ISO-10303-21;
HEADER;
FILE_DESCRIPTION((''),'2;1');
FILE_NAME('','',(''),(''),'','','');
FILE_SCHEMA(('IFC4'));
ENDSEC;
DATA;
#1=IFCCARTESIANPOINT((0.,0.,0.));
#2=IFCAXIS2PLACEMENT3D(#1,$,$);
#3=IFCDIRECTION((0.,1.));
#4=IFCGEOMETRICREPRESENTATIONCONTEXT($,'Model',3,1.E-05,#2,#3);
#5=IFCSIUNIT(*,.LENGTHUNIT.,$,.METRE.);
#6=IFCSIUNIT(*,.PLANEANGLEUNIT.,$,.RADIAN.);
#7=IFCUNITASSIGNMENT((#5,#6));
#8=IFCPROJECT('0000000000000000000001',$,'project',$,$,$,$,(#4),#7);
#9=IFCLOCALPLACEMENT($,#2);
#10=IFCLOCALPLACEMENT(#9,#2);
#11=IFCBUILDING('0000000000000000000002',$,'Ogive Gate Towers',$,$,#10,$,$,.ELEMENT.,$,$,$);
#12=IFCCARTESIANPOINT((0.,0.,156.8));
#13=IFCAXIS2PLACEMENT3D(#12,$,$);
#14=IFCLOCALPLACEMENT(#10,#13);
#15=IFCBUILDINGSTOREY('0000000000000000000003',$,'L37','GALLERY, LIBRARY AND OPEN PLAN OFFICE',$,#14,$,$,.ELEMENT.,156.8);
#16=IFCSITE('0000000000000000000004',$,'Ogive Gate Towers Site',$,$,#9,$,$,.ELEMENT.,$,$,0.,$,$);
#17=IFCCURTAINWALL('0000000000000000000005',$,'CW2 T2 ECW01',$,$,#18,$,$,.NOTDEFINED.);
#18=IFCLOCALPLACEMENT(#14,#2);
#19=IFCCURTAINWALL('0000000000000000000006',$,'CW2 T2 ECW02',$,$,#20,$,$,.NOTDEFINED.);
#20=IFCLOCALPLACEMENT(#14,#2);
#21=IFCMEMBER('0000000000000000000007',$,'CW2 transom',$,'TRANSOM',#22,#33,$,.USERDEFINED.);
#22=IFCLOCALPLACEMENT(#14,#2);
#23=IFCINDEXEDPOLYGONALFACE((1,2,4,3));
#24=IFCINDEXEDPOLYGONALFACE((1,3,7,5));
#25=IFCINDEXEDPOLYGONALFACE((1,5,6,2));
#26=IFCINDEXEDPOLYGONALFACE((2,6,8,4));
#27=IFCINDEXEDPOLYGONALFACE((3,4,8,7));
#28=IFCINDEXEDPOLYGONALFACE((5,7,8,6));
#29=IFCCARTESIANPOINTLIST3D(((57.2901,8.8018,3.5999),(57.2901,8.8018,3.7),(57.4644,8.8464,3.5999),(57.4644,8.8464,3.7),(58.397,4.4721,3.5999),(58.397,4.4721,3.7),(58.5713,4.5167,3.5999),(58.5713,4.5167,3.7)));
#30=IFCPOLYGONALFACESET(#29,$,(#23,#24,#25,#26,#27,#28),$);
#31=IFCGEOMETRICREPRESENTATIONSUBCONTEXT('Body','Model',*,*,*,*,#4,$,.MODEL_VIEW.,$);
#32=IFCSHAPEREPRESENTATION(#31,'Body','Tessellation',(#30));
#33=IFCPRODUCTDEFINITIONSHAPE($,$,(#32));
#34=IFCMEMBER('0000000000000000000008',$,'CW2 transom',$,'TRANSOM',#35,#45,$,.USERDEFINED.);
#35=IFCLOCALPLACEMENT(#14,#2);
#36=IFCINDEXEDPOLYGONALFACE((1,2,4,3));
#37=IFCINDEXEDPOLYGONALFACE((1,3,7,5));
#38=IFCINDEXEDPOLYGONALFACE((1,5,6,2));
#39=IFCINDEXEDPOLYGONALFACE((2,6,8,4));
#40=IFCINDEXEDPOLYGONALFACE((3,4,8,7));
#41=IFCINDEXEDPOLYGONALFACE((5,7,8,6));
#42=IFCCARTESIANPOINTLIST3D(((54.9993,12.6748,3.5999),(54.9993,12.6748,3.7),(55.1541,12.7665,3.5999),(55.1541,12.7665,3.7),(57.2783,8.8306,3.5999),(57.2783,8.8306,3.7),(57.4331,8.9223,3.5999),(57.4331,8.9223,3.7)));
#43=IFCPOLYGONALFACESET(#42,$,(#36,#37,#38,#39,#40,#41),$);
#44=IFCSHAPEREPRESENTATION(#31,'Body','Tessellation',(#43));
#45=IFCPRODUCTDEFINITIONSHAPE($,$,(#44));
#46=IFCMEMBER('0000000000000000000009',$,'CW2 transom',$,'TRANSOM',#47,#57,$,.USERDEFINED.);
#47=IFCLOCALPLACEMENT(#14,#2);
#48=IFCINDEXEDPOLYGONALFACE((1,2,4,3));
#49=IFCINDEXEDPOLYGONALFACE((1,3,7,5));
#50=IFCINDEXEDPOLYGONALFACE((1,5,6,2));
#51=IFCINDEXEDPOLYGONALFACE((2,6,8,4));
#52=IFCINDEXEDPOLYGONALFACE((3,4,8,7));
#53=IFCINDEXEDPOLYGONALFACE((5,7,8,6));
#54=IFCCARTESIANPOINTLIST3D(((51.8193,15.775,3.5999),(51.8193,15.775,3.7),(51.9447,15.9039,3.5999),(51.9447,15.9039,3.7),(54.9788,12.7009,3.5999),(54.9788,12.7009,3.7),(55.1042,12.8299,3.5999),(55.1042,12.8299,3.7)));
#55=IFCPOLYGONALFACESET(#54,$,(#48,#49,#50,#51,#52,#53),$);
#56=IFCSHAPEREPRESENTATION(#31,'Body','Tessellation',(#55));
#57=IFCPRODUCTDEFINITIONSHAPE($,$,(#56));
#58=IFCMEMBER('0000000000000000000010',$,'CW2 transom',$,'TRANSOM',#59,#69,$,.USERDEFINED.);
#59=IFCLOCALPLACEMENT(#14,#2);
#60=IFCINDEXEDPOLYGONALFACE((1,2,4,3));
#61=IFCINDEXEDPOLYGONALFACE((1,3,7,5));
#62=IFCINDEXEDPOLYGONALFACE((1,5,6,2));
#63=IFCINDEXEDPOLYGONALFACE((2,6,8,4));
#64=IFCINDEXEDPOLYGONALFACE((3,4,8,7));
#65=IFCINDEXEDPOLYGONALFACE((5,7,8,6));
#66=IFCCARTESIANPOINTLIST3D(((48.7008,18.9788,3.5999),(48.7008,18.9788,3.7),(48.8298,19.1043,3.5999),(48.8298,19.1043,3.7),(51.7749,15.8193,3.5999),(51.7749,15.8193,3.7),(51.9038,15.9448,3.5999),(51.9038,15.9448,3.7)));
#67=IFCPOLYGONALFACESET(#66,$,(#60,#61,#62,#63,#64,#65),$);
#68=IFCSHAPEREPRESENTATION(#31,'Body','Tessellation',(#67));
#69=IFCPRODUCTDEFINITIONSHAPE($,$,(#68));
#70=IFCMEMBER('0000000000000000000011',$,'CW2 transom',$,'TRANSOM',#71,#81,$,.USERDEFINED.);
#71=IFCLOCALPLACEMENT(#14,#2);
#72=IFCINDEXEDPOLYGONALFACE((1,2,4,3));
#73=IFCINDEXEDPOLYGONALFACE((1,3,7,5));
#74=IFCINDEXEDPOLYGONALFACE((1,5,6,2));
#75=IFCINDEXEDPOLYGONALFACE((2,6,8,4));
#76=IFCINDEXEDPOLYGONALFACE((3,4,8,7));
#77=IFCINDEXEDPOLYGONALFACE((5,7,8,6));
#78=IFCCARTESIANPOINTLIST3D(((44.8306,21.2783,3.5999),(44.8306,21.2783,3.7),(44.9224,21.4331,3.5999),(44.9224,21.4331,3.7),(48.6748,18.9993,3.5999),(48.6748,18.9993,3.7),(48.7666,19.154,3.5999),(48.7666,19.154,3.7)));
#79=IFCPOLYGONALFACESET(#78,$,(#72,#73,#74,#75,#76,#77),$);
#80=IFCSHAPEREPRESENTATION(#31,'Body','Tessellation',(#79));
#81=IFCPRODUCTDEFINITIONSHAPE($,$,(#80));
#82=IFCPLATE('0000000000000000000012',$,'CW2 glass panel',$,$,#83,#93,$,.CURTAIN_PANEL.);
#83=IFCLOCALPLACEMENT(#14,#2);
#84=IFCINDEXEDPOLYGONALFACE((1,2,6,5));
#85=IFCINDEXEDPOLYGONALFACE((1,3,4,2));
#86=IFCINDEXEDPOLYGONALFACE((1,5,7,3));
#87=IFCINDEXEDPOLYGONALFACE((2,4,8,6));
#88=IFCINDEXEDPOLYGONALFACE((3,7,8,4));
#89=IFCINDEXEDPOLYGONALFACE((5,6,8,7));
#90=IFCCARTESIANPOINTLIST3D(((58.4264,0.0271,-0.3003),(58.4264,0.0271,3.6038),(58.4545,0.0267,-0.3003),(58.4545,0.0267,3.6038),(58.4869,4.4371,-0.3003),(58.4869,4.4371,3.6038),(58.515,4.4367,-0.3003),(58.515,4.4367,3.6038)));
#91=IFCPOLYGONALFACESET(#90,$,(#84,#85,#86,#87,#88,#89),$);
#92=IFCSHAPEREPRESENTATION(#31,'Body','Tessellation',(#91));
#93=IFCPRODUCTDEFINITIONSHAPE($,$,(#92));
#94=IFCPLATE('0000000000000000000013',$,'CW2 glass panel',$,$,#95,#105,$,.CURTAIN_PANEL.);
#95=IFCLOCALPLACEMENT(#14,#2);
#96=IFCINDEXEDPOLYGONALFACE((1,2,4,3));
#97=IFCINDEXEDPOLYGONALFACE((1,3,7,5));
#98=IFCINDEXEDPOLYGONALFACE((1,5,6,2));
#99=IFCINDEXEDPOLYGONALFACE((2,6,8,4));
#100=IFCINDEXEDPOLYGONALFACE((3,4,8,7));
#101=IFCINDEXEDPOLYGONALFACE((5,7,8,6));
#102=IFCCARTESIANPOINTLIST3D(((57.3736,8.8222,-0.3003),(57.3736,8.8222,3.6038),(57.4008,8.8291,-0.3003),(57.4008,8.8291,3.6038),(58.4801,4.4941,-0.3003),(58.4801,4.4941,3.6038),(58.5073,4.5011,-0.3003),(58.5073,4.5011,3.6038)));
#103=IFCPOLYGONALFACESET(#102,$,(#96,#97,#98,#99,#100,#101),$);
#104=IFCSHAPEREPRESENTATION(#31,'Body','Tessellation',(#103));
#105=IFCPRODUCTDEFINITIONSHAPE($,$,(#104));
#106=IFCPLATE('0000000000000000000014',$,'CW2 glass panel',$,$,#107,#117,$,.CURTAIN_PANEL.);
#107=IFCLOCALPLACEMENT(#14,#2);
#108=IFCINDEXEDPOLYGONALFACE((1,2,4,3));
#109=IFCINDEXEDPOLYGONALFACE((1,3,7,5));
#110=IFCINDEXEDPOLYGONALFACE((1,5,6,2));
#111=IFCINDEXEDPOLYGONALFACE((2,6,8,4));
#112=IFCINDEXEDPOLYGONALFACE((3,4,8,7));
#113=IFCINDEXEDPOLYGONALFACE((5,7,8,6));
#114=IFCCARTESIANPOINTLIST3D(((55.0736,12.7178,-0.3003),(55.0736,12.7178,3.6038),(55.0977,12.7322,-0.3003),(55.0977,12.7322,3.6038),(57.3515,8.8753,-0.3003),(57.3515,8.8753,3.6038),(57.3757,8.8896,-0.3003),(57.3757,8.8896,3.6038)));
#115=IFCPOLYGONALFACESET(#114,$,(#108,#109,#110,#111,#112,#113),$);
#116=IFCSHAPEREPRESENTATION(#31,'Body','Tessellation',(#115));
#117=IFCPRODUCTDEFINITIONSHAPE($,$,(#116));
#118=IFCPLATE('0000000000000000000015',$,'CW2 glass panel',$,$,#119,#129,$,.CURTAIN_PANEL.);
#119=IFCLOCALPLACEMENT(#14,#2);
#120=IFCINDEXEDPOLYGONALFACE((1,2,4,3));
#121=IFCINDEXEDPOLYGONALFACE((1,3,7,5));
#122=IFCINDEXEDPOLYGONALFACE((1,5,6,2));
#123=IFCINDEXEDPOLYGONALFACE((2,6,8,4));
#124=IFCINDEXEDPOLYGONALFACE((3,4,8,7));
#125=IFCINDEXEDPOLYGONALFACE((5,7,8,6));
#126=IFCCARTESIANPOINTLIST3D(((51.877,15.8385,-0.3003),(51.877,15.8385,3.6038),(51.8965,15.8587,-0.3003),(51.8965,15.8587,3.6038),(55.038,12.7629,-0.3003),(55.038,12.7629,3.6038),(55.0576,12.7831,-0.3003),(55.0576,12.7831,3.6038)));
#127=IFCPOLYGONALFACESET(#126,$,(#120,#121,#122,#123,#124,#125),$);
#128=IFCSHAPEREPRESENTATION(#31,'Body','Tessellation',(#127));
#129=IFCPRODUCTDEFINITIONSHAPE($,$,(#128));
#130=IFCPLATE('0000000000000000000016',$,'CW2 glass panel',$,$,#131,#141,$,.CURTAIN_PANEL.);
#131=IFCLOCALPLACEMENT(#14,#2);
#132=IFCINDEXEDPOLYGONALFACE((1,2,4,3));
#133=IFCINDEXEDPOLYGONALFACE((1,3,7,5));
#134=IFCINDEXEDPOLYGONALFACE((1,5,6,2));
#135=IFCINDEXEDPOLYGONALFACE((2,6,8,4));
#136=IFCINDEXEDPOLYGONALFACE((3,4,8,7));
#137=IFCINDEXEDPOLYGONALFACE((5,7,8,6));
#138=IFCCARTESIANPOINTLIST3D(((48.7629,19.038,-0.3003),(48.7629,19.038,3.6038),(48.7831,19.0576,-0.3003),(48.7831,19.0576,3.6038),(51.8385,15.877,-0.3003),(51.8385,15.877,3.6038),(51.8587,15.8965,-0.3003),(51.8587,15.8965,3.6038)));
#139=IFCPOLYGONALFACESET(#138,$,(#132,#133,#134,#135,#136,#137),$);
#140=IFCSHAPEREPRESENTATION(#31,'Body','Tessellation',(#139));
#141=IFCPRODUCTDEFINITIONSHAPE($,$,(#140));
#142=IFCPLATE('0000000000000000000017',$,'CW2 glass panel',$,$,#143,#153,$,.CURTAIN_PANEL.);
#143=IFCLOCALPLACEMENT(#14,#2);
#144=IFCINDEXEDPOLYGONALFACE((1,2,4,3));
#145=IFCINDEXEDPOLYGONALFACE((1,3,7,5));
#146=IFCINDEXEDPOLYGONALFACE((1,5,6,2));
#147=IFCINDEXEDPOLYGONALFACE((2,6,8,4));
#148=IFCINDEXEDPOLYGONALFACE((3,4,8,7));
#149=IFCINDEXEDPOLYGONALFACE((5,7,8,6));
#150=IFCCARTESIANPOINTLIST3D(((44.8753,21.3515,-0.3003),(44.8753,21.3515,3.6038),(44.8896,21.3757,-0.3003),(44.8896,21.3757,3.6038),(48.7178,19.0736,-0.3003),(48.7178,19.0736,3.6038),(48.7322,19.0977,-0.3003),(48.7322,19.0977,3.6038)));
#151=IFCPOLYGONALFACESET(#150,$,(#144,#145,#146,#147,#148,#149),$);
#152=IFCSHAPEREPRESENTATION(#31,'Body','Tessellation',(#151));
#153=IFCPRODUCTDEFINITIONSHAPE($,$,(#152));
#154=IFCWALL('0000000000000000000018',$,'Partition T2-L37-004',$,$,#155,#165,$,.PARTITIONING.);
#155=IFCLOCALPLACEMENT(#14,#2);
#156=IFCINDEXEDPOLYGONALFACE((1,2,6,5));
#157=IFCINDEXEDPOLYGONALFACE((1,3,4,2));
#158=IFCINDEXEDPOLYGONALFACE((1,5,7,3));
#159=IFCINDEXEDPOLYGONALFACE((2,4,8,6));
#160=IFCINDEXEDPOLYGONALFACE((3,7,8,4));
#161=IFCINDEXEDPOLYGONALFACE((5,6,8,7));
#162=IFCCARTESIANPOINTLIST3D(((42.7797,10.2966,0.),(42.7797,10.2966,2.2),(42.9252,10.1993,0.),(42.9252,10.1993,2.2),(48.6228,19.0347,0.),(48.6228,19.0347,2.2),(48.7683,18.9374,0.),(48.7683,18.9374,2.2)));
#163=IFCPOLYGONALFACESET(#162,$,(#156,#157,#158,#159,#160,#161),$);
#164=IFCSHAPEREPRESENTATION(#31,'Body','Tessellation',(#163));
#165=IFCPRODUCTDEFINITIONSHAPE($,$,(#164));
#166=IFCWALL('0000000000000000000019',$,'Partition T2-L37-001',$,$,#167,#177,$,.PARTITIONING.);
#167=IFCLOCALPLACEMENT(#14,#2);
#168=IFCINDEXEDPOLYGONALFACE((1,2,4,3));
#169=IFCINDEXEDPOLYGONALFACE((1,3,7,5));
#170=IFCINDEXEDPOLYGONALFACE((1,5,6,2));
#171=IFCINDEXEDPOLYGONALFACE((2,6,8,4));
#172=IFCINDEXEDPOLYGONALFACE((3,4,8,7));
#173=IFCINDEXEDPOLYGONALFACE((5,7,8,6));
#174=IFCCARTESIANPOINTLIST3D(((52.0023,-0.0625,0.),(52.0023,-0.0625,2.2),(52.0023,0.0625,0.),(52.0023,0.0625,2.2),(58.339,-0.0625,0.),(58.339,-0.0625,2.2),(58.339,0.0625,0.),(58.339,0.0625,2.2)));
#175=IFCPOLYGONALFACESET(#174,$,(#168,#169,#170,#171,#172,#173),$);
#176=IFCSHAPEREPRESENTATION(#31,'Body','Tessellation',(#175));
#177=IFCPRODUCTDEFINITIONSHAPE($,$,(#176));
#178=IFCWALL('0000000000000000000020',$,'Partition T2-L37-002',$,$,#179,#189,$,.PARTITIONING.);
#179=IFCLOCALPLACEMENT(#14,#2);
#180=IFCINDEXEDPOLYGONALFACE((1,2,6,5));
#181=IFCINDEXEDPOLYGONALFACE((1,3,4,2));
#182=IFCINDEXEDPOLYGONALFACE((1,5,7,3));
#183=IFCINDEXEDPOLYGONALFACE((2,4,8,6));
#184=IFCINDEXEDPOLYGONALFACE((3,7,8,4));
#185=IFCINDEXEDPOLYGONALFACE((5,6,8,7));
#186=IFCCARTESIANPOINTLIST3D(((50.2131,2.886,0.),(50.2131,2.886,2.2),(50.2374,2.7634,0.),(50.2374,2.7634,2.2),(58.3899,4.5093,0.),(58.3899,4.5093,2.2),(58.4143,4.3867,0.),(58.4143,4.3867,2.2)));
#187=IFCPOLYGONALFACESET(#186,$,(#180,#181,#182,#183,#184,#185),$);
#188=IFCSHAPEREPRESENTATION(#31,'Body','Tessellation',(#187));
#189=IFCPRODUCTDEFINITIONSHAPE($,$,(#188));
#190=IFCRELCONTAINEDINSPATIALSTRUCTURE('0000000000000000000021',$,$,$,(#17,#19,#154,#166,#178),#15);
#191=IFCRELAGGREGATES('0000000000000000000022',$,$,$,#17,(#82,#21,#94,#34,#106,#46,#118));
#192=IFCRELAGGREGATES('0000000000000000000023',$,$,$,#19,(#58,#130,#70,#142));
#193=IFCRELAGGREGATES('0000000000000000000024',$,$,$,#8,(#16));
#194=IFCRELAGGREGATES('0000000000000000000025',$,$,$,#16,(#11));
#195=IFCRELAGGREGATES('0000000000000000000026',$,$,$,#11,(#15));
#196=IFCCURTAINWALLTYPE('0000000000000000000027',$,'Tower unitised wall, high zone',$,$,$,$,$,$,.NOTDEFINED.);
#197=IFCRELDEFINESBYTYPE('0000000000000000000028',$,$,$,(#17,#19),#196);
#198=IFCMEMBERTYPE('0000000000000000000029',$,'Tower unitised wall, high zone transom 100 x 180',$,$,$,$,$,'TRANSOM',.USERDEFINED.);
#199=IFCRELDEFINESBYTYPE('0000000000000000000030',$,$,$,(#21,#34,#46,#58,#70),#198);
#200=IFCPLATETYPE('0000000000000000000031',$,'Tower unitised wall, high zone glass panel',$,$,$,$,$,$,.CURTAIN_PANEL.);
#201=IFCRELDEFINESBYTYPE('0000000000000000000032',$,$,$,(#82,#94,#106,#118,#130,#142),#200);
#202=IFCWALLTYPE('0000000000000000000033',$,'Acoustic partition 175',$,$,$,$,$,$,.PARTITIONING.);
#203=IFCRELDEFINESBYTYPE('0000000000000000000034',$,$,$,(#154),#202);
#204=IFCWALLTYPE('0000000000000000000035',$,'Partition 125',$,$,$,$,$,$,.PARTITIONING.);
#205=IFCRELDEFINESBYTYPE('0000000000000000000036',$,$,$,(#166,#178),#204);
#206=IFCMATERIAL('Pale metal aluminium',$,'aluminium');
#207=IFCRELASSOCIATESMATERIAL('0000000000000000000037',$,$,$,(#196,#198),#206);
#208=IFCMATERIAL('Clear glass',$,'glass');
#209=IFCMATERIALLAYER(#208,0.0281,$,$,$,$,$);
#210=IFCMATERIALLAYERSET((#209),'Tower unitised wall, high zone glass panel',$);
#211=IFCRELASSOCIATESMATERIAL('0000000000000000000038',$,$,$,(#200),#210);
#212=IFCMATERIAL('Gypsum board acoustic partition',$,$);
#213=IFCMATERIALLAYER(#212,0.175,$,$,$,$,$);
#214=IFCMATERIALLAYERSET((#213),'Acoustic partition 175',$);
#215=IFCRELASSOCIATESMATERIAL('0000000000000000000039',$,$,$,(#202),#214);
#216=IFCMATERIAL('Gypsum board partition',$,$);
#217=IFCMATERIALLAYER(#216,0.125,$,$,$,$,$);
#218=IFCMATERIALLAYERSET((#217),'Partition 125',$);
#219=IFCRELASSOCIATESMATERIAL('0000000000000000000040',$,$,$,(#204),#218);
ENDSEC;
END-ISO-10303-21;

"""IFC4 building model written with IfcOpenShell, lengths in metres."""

from ifc_helpers import new_model, si_unit, direction, frame, frame_2d, origin, origin_2d, place, context, subcontext, project, spatial, rectangle, extrude, material, layer, layer_set, material_profile, profile_set, type_object, element, aggregate, save


model = new_model("IFC4")

# Units and contexts
model_context = context("Model", 3, precision=1e-05, world=origin(), true_north=direction((0.0, 1.0)))
body_context = subcontext(model_context, "Body", "Model", "MODEL_VIEW")
ifc_project = project(units=[si_unit("LENGTHUNIT", "METRE"), si_unit("PLANEANGLEUNIT", "RADIAN")], contexts=[model_context])

# Site, building, storey
site_placement = place(None, origin())
site = spatial("IfcSite", under=ifc_project, at=site_placement, Name="Ogive Gate Towers Site", CompositionType="ELEMENT", RefElevation=0.0)
building_placement = place(site_placement, origin())
building = spatial("IfcBuilding", under=site, at=building_placement, Name="Ogive Gate Towers", CompositionType="ELEMENT")
storey_placement = place(building_placement, frame((0.0, 0.0, 156.8)))
storey = spatial("IfcBuildingStorey", under=building, at=storey_placement, Name="L37", Description="GALLERY, LIBRARY AND OPEN PLAN OFFICE", CompositionType="ELEMENT", Elevation=156.8)

# Curtain wall
ifc_material_1 = material(Name="Pale metal aluminium", Category="aluminium")
curtain_wall_type = type_object("IfcCurtainWallType", Name="Tower unitised wall, high zone", PredefinedType="NOTDEFINED", material=ifc_material_1)
curtain_wall_1_placement = place(storey_placement, origin())
curtain_wall_1 = element("IfcCurtainWall", 1, at=curtain_wall_1_placement, inside=storey, type_object=curtain_wall_type, Name="CW2 T2 ECW01", PredefinedType="NOTDEFINED")

# Curtain wall
curtain_wall_2_placement = place(storey_placement, origin())
curtain_wall_2 = element("IfcCurtainWall", 2, at=curtain_wall_2_placement, inside=storey, type_object=curtain_wall_type, Name="CW2 T2 ECW02", PredefinedType="NOTDEFINED")

# Members
ifc_material_profile_1 = material_profile(ifc_material_1, rectangle(XDim=0.1799, YDim=0.1001, at=origin_2d()), Name="100 x 180 aluminium box")
ifc_profile_set_1 = profile_set([ifc_material_profile_1], Name="Pale metal aluminium")
member_type_1 = type_object("IfcMemberType", Name="Tower unitised wall, high zone transom 100 x 180", ElementType="TRANSOM", PredefinedType="USERDEFINED", material=ifc_profile_set_1)
member_1_placement = place(storey_placement, frame((58.4841, 4.4944, 3.6499), z_axis=(-0.247687, 0.96884, 0.0), x_axis=(-0.96884, -0.247687, 0.0)))
member_1 = element("IfcMember", 3, at=member_1_placement, type_object=member_type_1, Name="CW2 transom", ObjectType="TRANSOM", PredefinedType="USERDEFINED", context=body_context, shape_type="SweptSolid", body=[
    extrude(rectangle(XDim=0.1799, YDim=0.1001, at=origin_2d()), origin(), (0.0, 0.0, 1.0), 4.469),
])
member_2_placement = place(storey_placement, frame((57.3557, 8.8765, 3.6499), z_axis=(-0.509966, 0.860195, 0.0), x_axis=(-0.860195, -0.509966, 0.0)))
member_2 = element("IfcMember", 4, at=member_2_placement, type_object=member_type_1, Name="CW2 transom", ObjectType="TRANSOM", PredefinedType="USERDEFINED", context=body_context, shape_type="SweptSolid", body=[
    extrude(rectangle(XDim=0.1799, YDim=0.1001, at=origin_2d()), origin(), (0.0, 0.0, 1.0), 4.469),
])
member_3_placement = place(storey_placement, frame((55.0415, 12.7654, 3.6499), z_axis=(-0.716733, 0.697348, 0.0), x_axis=(-0.697348, -0.716733, 0.0)))
member_3 = element("IfcMember", 5, at=member_3_placement, type_object=member_type_1, Name="CW2 transom", ObjectType="TRANSOM", PredefinedType="USERDEFINED", context=body_context, shape_type="SweptSolid", body=[
    extrude(rectangle(XDim=0.1799, YDim=0.1001, at=origin_2d()), origin(), (0.0, 0.0, 1.0), 4.4082),
])
member_4_placement = place(storey_placement, frame((51.8394, 15.8821, 3.6499), z_axis=(-0.697348, 0.716733, 0.0), x_axis=(-0.716733, -0.697348, 0.0)))
member_4 = element("IfcMember", 6, at=member_4_placement, type_object=member_type_1, Name="CW2 transom", ObjectType="TRANSOM", PredefinedType="USERDEFINED", context=body_context, shape_type="SweptSolid", body=[
    extrude(rectangle(XDim=0.1799, YDim=0.1001, at=origin_2d()), origin(), (0.0, 0.0, 1.0), 4.4082),
])
member_5_placement = place(storey_placement, frame((48.7207, 19.0767, 3.6499), z_axis=(-0.860195, 0.509966, 0.0), x_axis=(-0.509966, -0.860195, 0.0)))
member_5 = element("IfcMember", 7, at=member_5_placement, type_object=member_type_1, Name="CW2 transom", ObjectType="TRANSOM", PredefinedType="USERDEFINED", context=body_context, shape_type="SweptSolid", body=[
    extrude(rectangle(XDim=0.1799, YDim=0.1001, at=origin_2d()), origin(), (0.0, 0.0, 1.0), 4.469),
])

# Plates
ifc_material_2 = material(Name="Clear glass", Category="glass")
ifc_layer_1 = layer(ifc_material_2, 0.0281)
ifc_layer_set_1 = layer_set([ifc_layer_1], Name="Tower unitised wall, high zone glass panel")
plate_type = type_object("IfcPlateType", Name="Tower unitised wall, high zone glass panel", PredefinedType="CURTAIN_PANEL", material=ifc_layer_set_1)
plate_1_placement = place(storey_placement, frame((58.4707, 2.2319, -0.3003), z_axis=(0.0, 0.0, 1.0), x_axis=(0.013718, 0.999906, 0.0)))
plate_1 = element("IfcPlate", 8, at=plate_1_placement, type_object=plate_type, Name="CW2 glass panel", PredefinedType="CURTAIN_PANEL", context=body_context, shape_type="SweptSolid", body=[
    extrude(rectangle(XDim=4.4104, YDim=0.0281, at=origin_2d()), origin(), (0.0, 0.0, 1.0), 3.9041),
])
plate_2_placement = place(storey_placement, frame((57.9404, 6.6616, -0.3003), z_axis=(0.0, 0.0, 1.0), x_axis=(-0.247692, 0.968839, 0.0)))
plate_2 = element("IfcPlate", 9, at=plate_2_placement, type_object=plate_type, Name="CW2 glass panel", PredefinedType="CURTAIN_PANEL", context=body_context, shape_type="SweptSolid", body=[
    extrude(rectangle(XDim=4.4673, YDim=0.0281, at=origin_2d()), origin(), (0.0, 0.0, 1.0), 3.9041),
])
plate_3_placement = place(storey_placement, frame((56.2246, 10.8037, -0.3003), z_axis=(0.0, 0.0, 1.0), x_axis=(-0.509943, 0.860208, 0.0)))
plate_3 = element("IfcPlate", 10, at=plate_3_placement, type_object=plate_type, Name="CW2 glass panel", PredefinedType="CURTAIN_PANEL", context=body_context, shape_type="SweptSolid", body=[
    extrude(rectangle(XDim=4.467, YDim=0.0281, at=origin_2d()), origin(), (0.0, 0.0, 1.0), 3.9041),
])
plate_4_placement = place(storey_placement, frame((53.4673, 14.3108, -0.3003), z_axis=(0.0, 0.0, 1.0), x_axis=(-0.716728, 0.697353, 0.0)))
plate_4 = element("IfcPlate", 11, at=plate_4_placement, type_object=plate_type, Name="CW2 glass panel", PredefinedType="CURTAIN_PANEL", context=body_context, shape_type="SweptSolid", body=[
    extrude(rectangle(XDim=4.4104, YDim=0.0281, at=origin_2d()), origin(), (0.0, 0.0, 1.0), 3.9041),
])
aggregate(curtain_wall_1, [plate_1, member_1, plate_2, member_2, plate_3, member_3, plate_4])
plate_5_placement = place(storey_placement, frame((50.3108, 17.4673, -0.3003), z_axis=(0.0, 0.0, 1.0), x_axis=(-0.697353, 0.716728, 0.0)))
plate_5 = element("IfcPlate", 12, at=plate_5_placement, type_object=plate_type, Name="CW2 glass panel", PredefinedType="CURTAIN_PANEL", context=body_context, shape_type="SweptSolid", body=[
    extrude(rectangle(XDim=4.4104, YDim=0.0281, at=origin_2d()), origin(), (0.0, 0.0, 1.0), 3.9041),
])
plate_6_placement = place(storey_placement, frame((46.8037, 20.2246, -0.3003), z_axis=(0.0, 0.0, 1.0), x_axis=(-0.860208, 0.509943, 0.0)))
plate_6 = element("IfcPlate", 13, at=plate_6_placement, type_object=plate_type, Name="CW2 glass panel", PredefinedType="CURTAIN_PANEL", context=body_context, shape_type="SweptSolid", body=[
    extrude(rectangle(XDim=4.467, YDim=0.0281, at=origin_2d()), origin(), (0.0, 0.0, 1.0), 3.9041),
])
aggregate(curtain_wall_2, [member_4, plate_5, member_5, plate_6])

# Walls
ifc_material_3 = material(Name="Gypsum board acoustic partition")
ifc_layer_2 = layer(ifc_material_3, 0.175)
ifc_layer_set_2 = layer_set([ifc_layer_2], Name="Acoustic partition 175")
wall_type_1 = type_object("IfcWallType", Name="Acoustic partition 175", PredefinedType="PARTITIONING", material=ifc_layer_set_2)
wall_1_placement = place(storey_placement, frame((48.6956, 18.9861, 0.0), z_axis=(0.0, 0.0, 1.0), x_axis=(-0.555863, -0.831274, 0.0)))
element("IfcWall", 14, at=wall_1_placement, inside=storey, type_object=wall_type_1, Name="Partition T2-L37-004", PredefinedType="PARTITIONING", context=body_context, shape_type="SweptSolid", body=[
    extrude(rectangle(XDim=10.5117, YDim=0.175, at=frame_2d((5.2559, 0.0))), origin(), (0.0, 0.0, 1.0), 2.2),
])
ifc_material_4 = material(Name="Gypsum board partition")
ifc_layer_3 = layer(ifc_material_4, 0.125)
ifc_layer_set_3 = layer_set([ifc_layer_3], Name="Partition 125")
wall_type_2 = type_object("IfcWallType", Name="Partition 125", PredefinedType="PARTITIONING", material=ifc_layer_set_3)
wall_2_placement = place(storey_placement, frame((58.3391, 0.0, 0.0), z_axis=(0.0, 0.0, 1.0), x_axis=(-1.0, 0.0, 0.0)))
element("IfcWall", 15, at=wall_2_placement, inside=storey, type_object=wall_type_2, Name="Partition T2-L37-001", PredefinedType="PARTITIONING", context=body_context, shape_type="SweptSolid", body=[
    extrude(rectangle(XDim=6.3367, YDim=0.125, at=frame_2d((3.1685, 0.0))), origin(), (0.0, 0.0, 1.0), 2.2),
])
wall_3_placement = place(storey_placement, frame((58.4021, 4.448, 0.0), z_axis=(0.0, 0.0, 1.0), x_axis=(-0.980858, -0.194725, 0.0)))
element("IfcWall", 16, at=wall_3_placement, inside=storey, type_object=wall_type_2, Name="Partition T2-L37-002", PredefinedType="PARTITIONING", context=body_context, shape_type="SweptSolid", body=[
    extrude(rectangle(XDim=8.3364, YDim=0.125, at=frame_2d((4.1682, 0.0))), origin(), (0.0, 0.0, 1.0), 2.2),
])

save(model, "model.ifc")
